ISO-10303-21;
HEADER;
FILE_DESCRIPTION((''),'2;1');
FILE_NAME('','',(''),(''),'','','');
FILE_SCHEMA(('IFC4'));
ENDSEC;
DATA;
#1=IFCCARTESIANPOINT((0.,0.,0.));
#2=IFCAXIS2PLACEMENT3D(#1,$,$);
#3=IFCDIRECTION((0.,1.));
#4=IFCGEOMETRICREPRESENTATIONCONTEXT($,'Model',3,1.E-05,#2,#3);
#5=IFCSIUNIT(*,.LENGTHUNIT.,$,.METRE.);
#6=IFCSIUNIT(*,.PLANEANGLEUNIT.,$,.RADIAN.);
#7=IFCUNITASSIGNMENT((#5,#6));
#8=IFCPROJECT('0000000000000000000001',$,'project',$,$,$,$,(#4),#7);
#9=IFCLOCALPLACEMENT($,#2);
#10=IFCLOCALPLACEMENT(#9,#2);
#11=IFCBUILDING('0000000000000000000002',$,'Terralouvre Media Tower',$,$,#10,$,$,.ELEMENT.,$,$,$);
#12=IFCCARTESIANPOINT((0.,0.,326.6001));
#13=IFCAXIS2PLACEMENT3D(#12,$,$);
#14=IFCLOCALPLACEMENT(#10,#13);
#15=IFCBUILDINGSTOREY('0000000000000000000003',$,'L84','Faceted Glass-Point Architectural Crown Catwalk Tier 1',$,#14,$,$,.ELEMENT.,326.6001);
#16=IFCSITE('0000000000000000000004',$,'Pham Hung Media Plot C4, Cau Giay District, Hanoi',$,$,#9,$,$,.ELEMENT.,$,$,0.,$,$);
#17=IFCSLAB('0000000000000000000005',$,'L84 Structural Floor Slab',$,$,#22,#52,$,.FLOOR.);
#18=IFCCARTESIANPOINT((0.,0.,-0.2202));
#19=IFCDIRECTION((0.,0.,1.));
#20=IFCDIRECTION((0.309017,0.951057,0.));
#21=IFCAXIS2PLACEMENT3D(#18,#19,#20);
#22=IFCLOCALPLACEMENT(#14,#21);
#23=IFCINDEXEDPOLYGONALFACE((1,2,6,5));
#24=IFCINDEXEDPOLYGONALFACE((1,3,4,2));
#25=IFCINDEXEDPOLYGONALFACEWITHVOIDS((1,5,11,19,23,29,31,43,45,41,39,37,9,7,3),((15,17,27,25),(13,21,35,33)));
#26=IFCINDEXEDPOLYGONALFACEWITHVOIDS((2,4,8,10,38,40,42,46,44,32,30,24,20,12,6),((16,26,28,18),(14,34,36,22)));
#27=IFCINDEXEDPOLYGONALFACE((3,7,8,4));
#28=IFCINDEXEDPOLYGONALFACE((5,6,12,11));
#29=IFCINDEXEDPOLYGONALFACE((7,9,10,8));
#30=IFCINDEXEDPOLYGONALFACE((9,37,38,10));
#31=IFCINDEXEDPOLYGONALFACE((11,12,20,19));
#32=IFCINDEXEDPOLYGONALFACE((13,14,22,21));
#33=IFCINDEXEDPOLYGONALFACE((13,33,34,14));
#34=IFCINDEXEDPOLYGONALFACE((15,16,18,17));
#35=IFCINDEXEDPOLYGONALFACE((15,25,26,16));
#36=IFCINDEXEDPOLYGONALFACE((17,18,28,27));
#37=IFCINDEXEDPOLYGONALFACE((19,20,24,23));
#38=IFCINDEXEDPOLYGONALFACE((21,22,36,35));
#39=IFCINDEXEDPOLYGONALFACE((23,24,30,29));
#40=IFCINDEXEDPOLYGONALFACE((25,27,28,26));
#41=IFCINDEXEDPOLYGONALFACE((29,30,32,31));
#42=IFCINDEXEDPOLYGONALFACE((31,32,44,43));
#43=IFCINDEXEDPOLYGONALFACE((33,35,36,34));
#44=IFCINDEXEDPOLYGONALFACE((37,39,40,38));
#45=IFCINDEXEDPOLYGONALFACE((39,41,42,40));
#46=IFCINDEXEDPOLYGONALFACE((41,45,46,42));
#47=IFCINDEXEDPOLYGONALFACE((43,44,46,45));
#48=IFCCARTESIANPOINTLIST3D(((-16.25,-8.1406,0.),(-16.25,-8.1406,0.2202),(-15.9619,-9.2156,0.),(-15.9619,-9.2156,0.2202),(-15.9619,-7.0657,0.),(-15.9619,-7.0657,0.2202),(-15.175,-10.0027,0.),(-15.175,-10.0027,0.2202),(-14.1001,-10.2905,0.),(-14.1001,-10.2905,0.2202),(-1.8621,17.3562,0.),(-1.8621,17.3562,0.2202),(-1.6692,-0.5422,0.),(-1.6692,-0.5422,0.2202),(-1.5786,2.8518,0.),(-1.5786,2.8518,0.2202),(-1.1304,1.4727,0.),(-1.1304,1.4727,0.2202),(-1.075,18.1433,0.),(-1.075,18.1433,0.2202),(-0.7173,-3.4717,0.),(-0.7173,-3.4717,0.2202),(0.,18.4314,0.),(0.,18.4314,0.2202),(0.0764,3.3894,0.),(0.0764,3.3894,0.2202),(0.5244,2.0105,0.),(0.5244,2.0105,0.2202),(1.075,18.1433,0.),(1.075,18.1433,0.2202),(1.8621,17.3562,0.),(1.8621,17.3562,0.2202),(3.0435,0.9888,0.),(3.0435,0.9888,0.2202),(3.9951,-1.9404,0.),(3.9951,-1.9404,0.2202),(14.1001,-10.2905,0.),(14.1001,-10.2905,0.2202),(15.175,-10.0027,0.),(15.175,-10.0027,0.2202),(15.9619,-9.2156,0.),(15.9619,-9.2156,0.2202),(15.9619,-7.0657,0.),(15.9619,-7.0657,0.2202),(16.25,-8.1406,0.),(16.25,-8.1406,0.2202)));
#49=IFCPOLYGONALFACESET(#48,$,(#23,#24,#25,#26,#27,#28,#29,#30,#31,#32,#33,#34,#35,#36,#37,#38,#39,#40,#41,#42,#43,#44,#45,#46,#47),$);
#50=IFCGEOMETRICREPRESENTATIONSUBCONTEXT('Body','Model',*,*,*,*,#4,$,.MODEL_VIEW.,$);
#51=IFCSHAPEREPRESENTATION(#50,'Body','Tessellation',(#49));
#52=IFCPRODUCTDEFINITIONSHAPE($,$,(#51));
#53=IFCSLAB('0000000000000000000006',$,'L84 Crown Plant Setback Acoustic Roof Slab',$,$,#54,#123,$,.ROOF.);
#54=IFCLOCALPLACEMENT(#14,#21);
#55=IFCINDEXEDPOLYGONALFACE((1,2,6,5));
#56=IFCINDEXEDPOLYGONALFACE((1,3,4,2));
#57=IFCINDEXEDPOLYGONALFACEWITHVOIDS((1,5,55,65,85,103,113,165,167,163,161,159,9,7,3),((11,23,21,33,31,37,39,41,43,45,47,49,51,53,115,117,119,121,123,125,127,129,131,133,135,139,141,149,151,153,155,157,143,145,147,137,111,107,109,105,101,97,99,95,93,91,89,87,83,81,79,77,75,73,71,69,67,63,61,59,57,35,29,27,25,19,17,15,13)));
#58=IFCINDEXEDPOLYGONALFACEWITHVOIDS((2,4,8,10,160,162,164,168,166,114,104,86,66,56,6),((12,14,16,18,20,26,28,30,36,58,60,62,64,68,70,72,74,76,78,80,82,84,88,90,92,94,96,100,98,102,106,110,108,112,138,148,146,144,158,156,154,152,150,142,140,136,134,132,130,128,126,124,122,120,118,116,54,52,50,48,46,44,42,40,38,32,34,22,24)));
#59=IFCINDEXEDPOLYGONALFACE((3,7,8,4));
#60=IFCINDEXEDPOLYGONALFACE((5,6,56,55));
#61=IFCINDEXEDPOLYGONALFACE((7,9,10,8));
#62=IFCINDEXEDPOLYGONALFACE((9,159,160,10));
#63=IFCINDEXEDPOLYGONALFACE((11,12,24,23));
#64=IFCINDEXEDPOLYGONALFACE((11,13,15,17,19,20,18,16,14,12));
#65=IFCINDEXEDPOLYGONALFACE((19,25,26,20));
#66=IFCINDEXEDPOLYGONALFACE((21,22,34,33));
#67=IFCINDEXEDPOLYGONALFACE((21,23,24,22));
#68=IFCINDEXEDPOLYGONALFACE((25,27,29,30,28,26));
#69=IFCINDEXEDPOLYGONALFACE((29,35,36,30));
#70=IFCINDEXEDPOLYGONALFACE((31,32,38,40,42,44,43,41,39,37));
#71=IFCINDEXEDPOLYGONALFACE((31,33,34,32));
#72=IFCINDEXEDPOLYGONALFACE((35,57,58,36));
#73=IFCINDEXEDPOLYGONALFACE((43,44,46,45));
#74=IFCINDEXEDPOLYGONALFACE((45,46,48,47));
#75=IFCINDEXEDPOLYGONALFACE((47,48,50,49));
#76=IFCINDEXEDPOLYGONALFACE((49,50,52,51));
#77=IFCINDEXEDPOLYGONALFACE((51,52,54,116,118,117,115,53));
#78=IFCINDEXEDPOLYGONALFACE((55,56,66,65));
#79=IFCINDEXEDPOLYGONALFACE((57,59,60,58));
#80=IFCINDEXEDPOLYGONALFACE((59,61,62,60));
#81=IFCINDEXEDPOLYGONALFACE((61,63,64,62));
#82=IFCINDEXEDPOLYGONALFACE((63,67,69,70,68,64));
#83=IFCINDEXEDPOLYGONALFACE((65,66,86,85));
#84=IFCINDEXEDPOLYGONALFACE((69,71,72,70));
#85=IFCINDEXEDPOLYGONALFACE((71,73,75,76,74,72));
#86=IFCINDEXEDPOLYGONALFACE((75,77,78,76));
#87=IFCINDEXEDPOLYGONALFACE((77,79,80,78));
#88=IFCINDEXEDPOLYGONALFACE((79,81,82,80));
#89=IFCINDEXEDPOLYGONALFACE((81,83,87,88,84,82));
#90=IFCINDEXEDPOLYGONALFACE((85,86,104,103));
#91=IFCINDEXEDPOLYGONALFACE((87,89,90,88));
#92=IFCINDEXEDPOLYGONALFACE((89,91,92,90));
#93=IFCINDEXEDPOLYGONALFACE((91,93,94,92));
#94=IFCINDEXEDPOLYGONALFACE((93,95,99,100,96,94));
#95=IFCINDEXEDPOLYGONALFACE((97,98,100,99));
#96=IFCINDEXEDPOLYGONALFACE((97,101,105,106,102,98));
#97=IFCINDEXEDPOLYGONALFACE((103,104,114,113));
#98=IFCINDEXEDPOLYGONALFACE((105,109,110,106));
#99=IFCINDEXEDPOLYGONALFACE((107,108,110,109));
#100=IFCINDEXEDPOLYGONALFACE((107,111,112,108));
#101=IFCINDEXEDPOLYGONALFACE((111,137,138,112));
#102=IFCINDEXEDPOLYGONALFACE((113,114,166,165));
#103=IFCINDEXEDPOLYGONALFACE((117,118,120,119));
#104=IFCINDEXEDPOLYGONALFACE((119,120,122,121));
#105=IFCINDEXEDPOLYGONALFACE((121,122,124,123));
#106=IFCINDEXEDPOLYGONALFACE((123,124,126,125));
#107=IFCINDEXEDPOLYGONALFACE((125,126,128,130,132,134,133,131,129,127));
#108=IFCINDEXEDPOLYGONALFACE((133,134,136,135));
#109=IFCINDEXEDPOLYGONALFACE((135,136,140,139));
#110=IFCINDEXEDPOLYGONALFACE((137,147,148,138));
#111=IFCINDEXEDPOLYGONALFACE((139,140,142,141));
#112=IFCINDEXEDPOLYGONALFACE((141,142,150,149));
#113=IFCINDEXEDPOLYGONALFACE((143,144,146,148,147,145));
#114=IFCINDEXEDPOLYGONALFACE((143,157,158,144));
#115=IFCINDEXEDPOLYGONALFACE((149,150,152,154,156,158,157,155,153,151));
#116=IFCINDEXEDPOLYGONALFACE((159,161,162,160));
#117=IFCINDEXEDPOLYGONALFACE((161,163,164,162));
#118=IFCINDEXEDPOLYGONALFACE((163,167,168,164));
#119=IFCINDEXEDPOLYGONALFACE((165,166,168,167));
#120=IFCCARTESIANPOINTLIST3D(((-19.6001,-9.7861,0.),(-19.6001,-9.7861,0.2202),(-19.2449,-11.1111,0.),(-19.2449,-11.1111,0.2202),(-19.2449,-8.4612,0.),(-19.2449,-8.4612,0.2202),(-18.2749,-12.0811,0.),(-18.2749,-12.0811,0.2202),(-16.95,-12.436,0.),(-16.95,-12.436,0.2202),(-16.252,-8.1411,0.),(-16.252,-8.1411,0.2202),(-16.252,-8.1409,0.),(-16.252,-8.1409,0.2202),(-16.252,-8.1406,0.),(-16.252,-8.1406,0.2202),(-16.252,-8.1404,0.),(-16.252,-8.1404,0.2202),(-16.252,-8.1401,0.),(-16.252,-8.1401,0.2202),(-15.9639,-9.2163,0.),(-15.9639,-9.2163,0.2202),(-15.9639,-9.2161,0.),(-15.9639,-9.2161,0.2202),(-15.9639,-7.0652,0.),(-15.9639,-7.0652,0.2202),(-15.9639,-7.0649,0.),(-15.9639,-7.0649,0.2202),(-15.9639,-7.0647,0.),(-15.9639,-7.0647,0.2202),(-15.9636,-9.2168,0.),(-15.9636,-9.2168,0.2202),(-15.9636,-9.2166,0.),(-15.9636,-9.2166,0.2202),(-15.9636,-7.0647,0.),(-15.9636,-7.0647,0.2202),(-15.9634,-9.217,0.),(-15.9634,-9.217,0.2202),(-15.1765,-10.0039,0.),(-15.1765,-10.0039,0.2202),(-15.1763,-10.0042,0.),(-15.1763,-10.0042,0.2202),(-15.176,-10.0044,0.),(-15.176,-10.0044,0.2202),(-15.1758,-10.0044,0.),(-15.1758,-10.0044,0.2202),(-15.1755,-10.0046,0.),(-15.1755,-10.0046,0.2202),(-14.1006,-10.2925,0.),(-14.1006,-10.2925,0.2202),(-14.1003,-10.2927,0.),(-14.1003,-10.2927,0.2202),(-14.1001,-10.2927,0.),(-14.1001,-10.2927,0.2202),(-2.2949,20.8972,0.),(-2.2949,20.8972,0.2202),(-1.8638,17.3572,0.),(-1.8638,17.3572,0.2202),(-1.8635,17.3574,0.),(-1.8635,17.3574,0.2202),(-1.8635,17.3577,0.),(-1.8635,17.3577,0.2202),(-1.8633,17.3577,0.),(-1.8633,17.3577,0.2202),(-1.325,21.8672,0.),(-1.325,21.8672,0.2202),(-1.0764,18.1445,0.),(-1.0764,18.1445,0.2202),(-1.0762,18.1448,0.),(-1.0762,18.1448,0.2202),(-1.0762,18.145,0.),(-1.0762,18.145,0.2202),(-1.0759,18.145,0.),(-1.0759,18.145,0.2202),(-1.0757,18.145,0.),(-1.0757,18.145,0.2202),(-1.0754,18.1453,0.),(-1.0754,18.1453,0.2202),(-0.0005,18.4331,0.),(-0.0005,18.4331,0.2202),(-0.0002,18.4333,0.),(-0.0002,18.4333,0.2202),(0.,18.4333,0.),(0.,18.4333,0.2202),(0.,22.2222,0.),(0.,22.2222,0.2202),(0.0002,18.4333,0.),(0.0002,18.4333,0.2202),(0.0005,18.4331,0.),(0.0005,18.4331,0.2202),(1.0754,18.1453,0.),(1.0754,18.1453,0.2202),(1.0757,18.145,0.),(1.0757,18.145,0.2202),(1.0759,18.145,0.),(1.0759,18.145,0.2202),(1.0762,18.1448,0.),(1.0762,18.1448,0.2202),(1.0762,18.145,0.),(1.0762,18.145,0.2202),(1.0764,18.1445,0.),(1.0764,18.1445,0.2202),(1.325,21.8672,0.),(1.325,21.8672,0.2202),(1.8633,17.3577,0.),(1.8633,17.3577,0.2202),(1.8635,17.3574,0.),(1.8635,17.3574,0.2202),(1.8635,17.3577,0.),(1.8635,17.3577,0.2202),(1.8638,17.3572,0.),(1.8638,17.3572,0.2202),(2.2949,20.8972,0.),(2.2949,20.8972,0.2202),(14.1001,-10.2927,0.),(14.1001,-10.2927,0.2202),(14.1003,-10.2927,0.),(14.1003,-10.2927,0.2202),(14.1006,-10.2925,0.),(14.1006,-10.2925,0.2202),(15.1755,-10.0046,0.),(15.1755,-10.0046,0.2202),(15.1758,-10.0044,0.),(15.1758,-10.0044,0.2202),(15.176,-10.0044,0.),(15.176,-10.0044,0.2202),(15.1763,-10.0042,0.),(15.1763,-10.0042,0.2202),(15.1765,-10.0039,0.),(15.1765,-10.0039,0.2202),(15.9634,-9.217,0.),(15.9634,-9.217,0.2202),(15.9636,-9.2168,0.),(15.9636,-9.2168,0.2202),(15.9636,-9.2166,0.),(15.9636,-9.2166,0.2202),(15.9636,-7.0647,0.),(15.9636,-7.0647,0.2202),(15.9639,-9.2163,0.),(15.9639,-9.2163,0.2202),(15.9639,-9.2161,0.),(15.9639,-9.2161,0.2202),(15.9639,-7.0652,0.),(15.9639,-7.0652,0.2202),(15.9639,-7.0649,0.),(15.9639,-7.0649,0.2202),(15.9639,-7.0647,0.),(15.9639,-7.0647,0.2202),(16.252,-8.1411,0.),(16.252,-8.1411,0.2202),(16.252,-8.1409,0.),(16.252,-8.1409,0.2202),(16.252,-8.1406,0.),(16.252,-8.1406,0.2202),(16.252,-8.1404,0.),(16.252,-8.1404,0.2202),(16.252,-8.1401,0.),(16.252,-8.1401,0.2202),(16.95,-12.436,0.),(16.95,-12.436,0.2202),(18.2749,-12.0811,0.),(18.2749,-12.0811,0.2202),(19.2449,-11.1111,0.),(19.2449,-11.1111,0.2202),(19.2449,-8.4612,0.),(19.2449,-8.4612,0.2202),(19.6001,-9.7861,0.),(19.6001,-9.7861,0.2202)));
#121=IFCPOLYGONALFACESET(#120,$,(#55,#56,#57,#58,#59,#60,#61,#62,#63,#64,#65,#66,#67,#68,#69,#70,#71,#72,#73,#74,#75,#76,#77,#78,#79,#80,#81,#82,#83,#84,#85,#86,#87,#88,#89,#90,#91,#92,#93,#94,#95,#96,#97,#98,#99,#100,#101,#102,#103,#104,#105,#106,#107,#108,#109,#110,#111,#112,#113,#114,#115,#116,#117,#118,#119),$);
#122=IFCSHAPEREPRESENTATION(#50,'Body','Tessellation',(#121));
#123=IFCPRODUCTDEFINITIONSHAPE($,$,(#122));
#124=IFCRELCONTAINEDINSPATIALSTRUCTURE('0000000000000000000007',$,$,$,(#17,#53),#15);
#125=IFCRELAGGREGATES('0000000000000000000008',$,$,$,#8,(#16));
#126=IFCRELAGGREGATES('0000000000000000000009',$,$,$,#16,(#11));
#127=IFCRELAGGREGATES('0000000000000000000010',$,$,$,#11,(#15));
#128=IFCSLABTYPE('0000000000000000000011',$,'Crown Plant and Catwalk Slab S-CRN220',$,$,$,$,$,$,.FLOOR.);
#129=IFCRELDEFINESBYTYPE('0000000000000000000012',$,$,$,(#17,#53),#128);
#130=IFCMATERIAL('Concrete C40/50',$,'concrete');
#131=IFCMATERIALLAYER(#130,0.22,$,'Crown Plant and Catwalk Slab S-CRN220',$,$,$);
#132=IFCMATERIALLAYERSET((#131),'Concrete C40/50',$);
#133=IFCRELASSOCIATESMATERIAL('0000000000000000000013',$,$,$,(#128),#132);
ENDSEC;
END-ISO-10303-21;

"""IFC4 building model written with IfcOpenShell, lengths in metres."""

from ifc_helpers import new_model, si_unit, direction, frame, origin, place, context, subcontext, project, spatial, polyline, outline, extrude, material, layer, layer_set, type_object, element, save


model = new_model("IFC4")

# Units and contexts
model_context = context("Model", 3, precision=1e-05, world=origin(), true_north=direction((0.0, 1.0)))
body_context = subcontext(model_context, "Body", "Model", "MODEL_VIEW")
ifc_project = project(units=[si_unit("LENGTHUNIT", "METRE"), si_unit("PLANEANGLEUNIT", "RADIAN")], contexts=[model_context])

# Site, building, storey
site_placement = place(None, origin())
site = spatial("IfcSite", under=ifc_project, at=site_placement, Name="Pham Hung Media Plot C4, Cau Giay District, Hanoi", CompositionType="ELEMENT", RefElevation=0.0)
building_placement = place(site_placement, origin())
building = spatial("IfcBuilding", under=site, at=building_placement, Name="Terralouvre Media Tower", CompositionType="ELEMENT")
storey_placement = place(building_placement, frame((0.0, 0.0, 326.6001)))
storey = spatial("IfcBuildingStorey", under=building, at=storey_placement, Name="L84", Description="Faceted Glass-Point Architectural Crown Catwalk Tier 1", CompositionType="ELEMENT", Elevation=326.6001)

# Slabs
ifc_material_1 = material(Name="Concrete C40/50", Category="concrete")
ifc_layer_1 = layer(ifc_material_1, 0.22, Name="Crown Plant and Catwalk Slab S-CRN220")
ifc_layer_set_1 = layer_set([ifc_layer_1], Name="Concrete C40/50")
slab_type_1 = type_object("IfcSlabType", Name="Crown Plant and Catwalk Slab S-CRN220", PredefinedType="FLOOR", material=ifc_layer_set_1)
slab_1_placement = place(storey_placement, frame((0.0, 0.0, -0.2202), z_axis=(0.0, 0.0, 1.0), x_axis=(0.309017, 0.951057, 0.0)))
element("IfcSlab", 1, at=slab_1_placement, inside=storey, type_object=slab_type_1, Name="L84 Structural Floor Slab", PredefinedType="FLOOR", context=body_context, shape_type="SweptSolid", body=[
    extrude(outline(polyline([(-15.9619, -7.0657), (-16.25, -8.1406), (-15.9619, -9.2156), (-15.175, -10.0027), (-14.1001, -10.2905), (14.1001, -10.2905), (15.175, -10.0027), (15.9619, -9.2156), (16.25, -8.1406), (15.9619, -7.0657), (1.8621, 17.3562), (1.075, 18.1433), (0.0, 18.4314), (-1.075, 18.1433), (-1.8621, 17.3562), (-15.9619, -7.0657)]), holes=[polyline([(-1.5786, 2.8518), (0.0764, 3.3894), (0.5244, 2.0105), (-1.1304, 1.4727), (-1.5786, 2.8518)]), polyline([(-1.6692, -0.5422), (3.0435, 0.9888), (3.9951, -1.9404), (-0.7173, -3.4717), (-1.6692, -0.5422)])]), origin(), (0.0, 0.0, 1.0), 0.2202),
])
slab_2_placement = place(storey_placement, frame((0.0, 0.0, -0.2202), z_axis=(0.0, 0.0, 1.0), x_axis=(0.309017, 0.951057, 0.0)))
element("IfcSlab", 2, at=slab_2_placement, inside=storey, type_object=slab_type_1, Name="L84 Crown Plant Setback Acoustic Roof Slab", PredefinedType="ROOF", context=body_context, shape_type="SweptSolid", body=[
    extrude(outline(polyline([(-19.2449, -8.4612), (-19.6001, -9.7861), (-19.2449, -11.1111), (-18.2749, -12.0811), (-16.95, -12.436), (16.95, -12.436), (18.2749, -12.0811), (19.2449, -11.1111), (19.6001, -9.7861), (19.2449, -8.4612), (2.2949, 20.8972), (1.325, 21.8672), (0.0, 22.2222), (-1.325, 21.8672), (-2.2949, 20.8972), (-19.2449, -8.4612)]), holes=[polyline([(-15.9636, -7.0647), (-1.8638, 17.3572), (-1.8635, 17.3574), (-1.8635, 17.3577), (-1.8633, 17.3577), (-1.0764, 18.1445), (-1.0762, 18.1448), (-1.0762, 18.145), (-1.0759, 18.145), (-1.0757, 18.145), (-1.0754, 18.1453), (-0.0005, 18.4331), (-0.0002, 18.4333), (0.0, 18.4333), (0.0, 18.4333), (0.0002, 18.4333), (0.0005, 18.4331), (1.0754, 18.1453), (1.0757, 18.145), (1.0759, 18.145), (1.0762, 18.145), (1.0762, 18.1448), (1.0764, 18.1445), (1.8633, 17.3577), (1.8635, 17.3577), (1.8635, 17.3574), (1.8638, 17.3572), (15.9636, -7.0647), (15.9639, -7.0647), (15.9639, -7.0649), (15.9639, -7.0652), (16.252, -8.1401), (16.252, -8.1404), (16.252, -8.1406), (16.252, -8.1406), (16.252, -8.1409), (16.252, -8.1411), (15.9639, -9.2161), (15.9639, -9.2163), (15.9636, -9.2166), (15.9636, -9.2168), (15.9636, -9.2168), (15.9634, -9.217), (15.1765, -10.0039), (15.1763, -10.0042), (15.176, -10.0044), (15.176, -10.0044), (15.1758, -10.0044), (15.1755, -10.0046), (14.1006, -10.2925), (14.1003, -10.2927), (14.1001, -10.2927), (14.1001, -10.2927), (-14.1001, -10.2927), (-14.1001, -10.2927), (-14.1003, -10.2927), (-14.1006, -10.2925), (-15.1755, -10.0046), (-15.1758, -10.0044), (-15.176, -10.0044), (-15.176, -10.0044), (-15.1763, -10.0042), (-15.1765, -10.0039), (-15.9634, -9.217), (-15.9636, -9.2168), (-15.9636, -9.2168), (-15.9636, -9.2166), (-15.9639, -9.2163), (-15.9639, -9.2161), (-16.252, -8.1411), (-16.252, -8.1409), (-16.252, -8.1406), (-16.252, -8.1406), (-16.252, -8.1404), (-16.252, -8.1401), (-15.9639, -7.0652), (-15.9639, -7.0649), (-15.9639, -7.0647), (-15.9636, -7.0647)])]), origin(), (0.0, 0.0, 1.0), 0.2202),
])

save(model, "model.ifc")
